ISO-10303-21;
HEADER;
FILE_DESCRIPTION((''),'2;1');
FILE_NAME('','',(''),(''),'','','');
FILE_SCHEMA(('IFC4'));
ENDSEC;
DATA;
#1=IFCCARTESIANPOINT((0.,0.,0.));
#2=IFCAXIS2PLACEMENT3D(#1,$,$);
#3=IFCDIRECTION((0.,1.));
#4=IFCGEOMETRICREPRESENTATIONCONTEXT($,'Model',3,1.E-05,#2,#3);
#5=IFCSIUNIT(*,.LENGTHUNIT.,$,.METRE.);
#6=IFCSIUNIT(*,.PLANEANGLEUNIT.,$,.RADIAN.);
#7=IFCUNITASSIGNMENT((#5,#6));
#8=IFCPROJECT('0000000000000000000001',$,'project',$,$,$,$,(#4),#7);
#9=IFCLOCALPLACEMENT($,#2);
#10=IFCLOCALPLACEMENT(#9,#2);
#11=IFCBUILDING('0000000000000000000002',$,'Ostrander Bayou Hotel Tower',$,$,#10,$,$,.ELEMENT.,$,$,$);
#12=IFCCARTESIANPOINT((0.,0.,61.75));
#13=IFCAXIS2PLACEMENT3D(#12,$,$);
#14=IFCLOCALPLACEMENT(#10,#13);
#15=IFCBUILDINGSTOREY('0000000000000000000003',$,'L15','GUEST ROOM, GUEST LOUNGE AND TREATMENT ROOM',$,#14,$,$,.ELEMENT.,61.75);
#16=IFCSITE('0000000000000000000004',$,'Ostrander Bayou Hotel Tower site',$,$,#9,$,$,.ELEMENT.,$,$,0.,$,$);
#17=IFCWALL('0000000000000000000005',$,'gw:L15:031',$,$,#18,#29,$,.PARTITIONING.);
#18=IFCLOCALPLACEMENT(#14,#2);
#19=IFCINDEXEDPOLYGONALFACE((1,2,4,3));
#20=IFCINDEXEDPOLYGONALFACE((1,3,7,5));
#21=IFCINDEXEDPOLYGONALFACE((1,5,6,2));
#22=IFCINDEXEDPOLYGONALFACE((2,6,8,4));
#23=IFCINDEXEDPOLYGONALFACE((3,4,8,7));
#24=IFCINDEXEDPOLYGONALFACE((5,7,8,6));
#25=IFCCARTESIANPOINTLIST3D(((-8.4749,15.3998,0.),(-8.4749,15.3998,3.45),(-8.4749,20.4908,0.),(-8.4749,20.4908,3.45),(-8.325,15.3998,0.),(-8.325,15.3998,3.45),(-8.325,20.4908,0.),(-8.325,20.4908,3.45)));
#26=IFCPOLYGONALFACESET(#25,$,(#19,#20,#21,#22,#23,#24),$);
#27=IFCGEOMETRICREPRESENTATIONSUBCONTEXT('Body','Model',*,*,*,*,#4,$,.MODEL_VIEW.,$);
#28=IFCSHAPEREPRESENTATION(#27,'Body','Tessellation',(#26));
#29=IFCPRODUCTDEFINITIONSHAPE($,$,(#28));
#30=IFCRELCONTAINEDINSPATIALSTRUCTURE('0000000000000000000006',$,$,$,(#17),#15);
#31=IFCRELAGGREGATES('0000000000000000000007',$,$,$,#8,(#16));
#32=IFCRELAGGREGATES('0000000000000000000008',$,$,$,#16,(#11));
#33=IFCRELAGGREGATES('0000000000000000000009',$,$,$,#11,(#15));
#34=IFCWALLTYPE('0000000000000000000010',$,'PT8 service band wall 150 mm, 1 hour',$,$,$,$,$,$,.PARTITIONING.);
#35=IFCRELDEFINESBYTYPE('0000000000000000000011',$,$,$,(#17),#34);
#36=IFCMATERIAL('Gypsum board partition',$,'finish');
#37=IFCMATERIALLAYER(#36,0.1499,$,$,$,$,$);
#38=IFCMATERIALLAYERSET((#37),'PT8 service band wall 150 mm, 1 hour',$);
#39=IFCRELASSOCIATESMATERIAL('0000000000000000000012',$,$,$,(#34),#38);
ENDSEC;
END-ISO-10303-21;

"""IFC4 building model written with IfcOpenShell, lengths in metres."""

from ifc_helpers import new_model, si_unit, direction, frame, frame_2d, origin, place, context, subcontext, project, spatial, rectangle, extrude, material, layer, layer_set, type_object, element, save


model = new_model("IFC4")

# Units and contexts
model_context = context("Model", 3, precision=1e-05, world=origin(), true_north=direction((0.0, 1.0)))
body_context = subcontext(model_context, "Body", "Model", "MODEL_VIEW")
ifc_project = project(units=[si_unit("LENGTHUNIT", "METRE"), si_unit("PLANEANGLEUNIT", "RADIAN")], contexts=[model_context])

# Site, building, storey
site_placement = place(None, origin())
site = spatial("IfcSite", under=ifc_project, at=site_placement, Name="Ostrander Bayou Hotel Tower site", CompositionType="ELEMENT", RefElevation=0.0)
building_placement = place(site_placement, origin())
building = spatial("IfcBuilding", under=site, at=building_placement, Name="Ostrander Bayou Hotel Tower", CompositionType="ELEMENT")
storey_placement = place(building_placement, frame((0.0, 0.0, 61.75)))
storey = spatial("IfcBuildingStorey", under=building, at=storey_placement, Name="L15", Description="GUEST ROOM, GUEST LOUNGE AND TREATMENT ROOM", CompositionType="ELEMENT", Elevation=61.75)

# Shared definitions
ifc_material_1 = material(Name="Gypsum board partition", Category="finish")
ifc_layer_1 = layer(ifc_material_1, 0.1499)
ifc_layer_set_1 = layer_set([ifc_layer_1], Name="PT8 service band wall 150 mm, 1 hour")
wall_type_1 = type_object("IfcWallType", Name="PT8 service band wall 150 mm, 1 hour", PredefinedType="PARTITIONING", material=ifc_layer_set_1)

# Wall
wall_1_placement = place(storey_placement, frame((-8.3999, 15.3999, 0.0), z_axis=(0.0, 0.0, 1.0), x_axis=(0.0, 1.0, 0.0)))
element("IfcWall", 1, at=wall_1_placement, inside=storey, type_object=wall_type_1, Name="gw:L15:031", PredefinedType="PARTITIONING", context=body_context, shape_type="SweptSolid", body=[
    extrude(rectangle(XDim=5.0911, YDim=0.1499, at=frame_2d((2.5454, 0.0))), origin(), (0.0, 0.0, 1.0), 3.45),
])

save(model, "model.ifc")
